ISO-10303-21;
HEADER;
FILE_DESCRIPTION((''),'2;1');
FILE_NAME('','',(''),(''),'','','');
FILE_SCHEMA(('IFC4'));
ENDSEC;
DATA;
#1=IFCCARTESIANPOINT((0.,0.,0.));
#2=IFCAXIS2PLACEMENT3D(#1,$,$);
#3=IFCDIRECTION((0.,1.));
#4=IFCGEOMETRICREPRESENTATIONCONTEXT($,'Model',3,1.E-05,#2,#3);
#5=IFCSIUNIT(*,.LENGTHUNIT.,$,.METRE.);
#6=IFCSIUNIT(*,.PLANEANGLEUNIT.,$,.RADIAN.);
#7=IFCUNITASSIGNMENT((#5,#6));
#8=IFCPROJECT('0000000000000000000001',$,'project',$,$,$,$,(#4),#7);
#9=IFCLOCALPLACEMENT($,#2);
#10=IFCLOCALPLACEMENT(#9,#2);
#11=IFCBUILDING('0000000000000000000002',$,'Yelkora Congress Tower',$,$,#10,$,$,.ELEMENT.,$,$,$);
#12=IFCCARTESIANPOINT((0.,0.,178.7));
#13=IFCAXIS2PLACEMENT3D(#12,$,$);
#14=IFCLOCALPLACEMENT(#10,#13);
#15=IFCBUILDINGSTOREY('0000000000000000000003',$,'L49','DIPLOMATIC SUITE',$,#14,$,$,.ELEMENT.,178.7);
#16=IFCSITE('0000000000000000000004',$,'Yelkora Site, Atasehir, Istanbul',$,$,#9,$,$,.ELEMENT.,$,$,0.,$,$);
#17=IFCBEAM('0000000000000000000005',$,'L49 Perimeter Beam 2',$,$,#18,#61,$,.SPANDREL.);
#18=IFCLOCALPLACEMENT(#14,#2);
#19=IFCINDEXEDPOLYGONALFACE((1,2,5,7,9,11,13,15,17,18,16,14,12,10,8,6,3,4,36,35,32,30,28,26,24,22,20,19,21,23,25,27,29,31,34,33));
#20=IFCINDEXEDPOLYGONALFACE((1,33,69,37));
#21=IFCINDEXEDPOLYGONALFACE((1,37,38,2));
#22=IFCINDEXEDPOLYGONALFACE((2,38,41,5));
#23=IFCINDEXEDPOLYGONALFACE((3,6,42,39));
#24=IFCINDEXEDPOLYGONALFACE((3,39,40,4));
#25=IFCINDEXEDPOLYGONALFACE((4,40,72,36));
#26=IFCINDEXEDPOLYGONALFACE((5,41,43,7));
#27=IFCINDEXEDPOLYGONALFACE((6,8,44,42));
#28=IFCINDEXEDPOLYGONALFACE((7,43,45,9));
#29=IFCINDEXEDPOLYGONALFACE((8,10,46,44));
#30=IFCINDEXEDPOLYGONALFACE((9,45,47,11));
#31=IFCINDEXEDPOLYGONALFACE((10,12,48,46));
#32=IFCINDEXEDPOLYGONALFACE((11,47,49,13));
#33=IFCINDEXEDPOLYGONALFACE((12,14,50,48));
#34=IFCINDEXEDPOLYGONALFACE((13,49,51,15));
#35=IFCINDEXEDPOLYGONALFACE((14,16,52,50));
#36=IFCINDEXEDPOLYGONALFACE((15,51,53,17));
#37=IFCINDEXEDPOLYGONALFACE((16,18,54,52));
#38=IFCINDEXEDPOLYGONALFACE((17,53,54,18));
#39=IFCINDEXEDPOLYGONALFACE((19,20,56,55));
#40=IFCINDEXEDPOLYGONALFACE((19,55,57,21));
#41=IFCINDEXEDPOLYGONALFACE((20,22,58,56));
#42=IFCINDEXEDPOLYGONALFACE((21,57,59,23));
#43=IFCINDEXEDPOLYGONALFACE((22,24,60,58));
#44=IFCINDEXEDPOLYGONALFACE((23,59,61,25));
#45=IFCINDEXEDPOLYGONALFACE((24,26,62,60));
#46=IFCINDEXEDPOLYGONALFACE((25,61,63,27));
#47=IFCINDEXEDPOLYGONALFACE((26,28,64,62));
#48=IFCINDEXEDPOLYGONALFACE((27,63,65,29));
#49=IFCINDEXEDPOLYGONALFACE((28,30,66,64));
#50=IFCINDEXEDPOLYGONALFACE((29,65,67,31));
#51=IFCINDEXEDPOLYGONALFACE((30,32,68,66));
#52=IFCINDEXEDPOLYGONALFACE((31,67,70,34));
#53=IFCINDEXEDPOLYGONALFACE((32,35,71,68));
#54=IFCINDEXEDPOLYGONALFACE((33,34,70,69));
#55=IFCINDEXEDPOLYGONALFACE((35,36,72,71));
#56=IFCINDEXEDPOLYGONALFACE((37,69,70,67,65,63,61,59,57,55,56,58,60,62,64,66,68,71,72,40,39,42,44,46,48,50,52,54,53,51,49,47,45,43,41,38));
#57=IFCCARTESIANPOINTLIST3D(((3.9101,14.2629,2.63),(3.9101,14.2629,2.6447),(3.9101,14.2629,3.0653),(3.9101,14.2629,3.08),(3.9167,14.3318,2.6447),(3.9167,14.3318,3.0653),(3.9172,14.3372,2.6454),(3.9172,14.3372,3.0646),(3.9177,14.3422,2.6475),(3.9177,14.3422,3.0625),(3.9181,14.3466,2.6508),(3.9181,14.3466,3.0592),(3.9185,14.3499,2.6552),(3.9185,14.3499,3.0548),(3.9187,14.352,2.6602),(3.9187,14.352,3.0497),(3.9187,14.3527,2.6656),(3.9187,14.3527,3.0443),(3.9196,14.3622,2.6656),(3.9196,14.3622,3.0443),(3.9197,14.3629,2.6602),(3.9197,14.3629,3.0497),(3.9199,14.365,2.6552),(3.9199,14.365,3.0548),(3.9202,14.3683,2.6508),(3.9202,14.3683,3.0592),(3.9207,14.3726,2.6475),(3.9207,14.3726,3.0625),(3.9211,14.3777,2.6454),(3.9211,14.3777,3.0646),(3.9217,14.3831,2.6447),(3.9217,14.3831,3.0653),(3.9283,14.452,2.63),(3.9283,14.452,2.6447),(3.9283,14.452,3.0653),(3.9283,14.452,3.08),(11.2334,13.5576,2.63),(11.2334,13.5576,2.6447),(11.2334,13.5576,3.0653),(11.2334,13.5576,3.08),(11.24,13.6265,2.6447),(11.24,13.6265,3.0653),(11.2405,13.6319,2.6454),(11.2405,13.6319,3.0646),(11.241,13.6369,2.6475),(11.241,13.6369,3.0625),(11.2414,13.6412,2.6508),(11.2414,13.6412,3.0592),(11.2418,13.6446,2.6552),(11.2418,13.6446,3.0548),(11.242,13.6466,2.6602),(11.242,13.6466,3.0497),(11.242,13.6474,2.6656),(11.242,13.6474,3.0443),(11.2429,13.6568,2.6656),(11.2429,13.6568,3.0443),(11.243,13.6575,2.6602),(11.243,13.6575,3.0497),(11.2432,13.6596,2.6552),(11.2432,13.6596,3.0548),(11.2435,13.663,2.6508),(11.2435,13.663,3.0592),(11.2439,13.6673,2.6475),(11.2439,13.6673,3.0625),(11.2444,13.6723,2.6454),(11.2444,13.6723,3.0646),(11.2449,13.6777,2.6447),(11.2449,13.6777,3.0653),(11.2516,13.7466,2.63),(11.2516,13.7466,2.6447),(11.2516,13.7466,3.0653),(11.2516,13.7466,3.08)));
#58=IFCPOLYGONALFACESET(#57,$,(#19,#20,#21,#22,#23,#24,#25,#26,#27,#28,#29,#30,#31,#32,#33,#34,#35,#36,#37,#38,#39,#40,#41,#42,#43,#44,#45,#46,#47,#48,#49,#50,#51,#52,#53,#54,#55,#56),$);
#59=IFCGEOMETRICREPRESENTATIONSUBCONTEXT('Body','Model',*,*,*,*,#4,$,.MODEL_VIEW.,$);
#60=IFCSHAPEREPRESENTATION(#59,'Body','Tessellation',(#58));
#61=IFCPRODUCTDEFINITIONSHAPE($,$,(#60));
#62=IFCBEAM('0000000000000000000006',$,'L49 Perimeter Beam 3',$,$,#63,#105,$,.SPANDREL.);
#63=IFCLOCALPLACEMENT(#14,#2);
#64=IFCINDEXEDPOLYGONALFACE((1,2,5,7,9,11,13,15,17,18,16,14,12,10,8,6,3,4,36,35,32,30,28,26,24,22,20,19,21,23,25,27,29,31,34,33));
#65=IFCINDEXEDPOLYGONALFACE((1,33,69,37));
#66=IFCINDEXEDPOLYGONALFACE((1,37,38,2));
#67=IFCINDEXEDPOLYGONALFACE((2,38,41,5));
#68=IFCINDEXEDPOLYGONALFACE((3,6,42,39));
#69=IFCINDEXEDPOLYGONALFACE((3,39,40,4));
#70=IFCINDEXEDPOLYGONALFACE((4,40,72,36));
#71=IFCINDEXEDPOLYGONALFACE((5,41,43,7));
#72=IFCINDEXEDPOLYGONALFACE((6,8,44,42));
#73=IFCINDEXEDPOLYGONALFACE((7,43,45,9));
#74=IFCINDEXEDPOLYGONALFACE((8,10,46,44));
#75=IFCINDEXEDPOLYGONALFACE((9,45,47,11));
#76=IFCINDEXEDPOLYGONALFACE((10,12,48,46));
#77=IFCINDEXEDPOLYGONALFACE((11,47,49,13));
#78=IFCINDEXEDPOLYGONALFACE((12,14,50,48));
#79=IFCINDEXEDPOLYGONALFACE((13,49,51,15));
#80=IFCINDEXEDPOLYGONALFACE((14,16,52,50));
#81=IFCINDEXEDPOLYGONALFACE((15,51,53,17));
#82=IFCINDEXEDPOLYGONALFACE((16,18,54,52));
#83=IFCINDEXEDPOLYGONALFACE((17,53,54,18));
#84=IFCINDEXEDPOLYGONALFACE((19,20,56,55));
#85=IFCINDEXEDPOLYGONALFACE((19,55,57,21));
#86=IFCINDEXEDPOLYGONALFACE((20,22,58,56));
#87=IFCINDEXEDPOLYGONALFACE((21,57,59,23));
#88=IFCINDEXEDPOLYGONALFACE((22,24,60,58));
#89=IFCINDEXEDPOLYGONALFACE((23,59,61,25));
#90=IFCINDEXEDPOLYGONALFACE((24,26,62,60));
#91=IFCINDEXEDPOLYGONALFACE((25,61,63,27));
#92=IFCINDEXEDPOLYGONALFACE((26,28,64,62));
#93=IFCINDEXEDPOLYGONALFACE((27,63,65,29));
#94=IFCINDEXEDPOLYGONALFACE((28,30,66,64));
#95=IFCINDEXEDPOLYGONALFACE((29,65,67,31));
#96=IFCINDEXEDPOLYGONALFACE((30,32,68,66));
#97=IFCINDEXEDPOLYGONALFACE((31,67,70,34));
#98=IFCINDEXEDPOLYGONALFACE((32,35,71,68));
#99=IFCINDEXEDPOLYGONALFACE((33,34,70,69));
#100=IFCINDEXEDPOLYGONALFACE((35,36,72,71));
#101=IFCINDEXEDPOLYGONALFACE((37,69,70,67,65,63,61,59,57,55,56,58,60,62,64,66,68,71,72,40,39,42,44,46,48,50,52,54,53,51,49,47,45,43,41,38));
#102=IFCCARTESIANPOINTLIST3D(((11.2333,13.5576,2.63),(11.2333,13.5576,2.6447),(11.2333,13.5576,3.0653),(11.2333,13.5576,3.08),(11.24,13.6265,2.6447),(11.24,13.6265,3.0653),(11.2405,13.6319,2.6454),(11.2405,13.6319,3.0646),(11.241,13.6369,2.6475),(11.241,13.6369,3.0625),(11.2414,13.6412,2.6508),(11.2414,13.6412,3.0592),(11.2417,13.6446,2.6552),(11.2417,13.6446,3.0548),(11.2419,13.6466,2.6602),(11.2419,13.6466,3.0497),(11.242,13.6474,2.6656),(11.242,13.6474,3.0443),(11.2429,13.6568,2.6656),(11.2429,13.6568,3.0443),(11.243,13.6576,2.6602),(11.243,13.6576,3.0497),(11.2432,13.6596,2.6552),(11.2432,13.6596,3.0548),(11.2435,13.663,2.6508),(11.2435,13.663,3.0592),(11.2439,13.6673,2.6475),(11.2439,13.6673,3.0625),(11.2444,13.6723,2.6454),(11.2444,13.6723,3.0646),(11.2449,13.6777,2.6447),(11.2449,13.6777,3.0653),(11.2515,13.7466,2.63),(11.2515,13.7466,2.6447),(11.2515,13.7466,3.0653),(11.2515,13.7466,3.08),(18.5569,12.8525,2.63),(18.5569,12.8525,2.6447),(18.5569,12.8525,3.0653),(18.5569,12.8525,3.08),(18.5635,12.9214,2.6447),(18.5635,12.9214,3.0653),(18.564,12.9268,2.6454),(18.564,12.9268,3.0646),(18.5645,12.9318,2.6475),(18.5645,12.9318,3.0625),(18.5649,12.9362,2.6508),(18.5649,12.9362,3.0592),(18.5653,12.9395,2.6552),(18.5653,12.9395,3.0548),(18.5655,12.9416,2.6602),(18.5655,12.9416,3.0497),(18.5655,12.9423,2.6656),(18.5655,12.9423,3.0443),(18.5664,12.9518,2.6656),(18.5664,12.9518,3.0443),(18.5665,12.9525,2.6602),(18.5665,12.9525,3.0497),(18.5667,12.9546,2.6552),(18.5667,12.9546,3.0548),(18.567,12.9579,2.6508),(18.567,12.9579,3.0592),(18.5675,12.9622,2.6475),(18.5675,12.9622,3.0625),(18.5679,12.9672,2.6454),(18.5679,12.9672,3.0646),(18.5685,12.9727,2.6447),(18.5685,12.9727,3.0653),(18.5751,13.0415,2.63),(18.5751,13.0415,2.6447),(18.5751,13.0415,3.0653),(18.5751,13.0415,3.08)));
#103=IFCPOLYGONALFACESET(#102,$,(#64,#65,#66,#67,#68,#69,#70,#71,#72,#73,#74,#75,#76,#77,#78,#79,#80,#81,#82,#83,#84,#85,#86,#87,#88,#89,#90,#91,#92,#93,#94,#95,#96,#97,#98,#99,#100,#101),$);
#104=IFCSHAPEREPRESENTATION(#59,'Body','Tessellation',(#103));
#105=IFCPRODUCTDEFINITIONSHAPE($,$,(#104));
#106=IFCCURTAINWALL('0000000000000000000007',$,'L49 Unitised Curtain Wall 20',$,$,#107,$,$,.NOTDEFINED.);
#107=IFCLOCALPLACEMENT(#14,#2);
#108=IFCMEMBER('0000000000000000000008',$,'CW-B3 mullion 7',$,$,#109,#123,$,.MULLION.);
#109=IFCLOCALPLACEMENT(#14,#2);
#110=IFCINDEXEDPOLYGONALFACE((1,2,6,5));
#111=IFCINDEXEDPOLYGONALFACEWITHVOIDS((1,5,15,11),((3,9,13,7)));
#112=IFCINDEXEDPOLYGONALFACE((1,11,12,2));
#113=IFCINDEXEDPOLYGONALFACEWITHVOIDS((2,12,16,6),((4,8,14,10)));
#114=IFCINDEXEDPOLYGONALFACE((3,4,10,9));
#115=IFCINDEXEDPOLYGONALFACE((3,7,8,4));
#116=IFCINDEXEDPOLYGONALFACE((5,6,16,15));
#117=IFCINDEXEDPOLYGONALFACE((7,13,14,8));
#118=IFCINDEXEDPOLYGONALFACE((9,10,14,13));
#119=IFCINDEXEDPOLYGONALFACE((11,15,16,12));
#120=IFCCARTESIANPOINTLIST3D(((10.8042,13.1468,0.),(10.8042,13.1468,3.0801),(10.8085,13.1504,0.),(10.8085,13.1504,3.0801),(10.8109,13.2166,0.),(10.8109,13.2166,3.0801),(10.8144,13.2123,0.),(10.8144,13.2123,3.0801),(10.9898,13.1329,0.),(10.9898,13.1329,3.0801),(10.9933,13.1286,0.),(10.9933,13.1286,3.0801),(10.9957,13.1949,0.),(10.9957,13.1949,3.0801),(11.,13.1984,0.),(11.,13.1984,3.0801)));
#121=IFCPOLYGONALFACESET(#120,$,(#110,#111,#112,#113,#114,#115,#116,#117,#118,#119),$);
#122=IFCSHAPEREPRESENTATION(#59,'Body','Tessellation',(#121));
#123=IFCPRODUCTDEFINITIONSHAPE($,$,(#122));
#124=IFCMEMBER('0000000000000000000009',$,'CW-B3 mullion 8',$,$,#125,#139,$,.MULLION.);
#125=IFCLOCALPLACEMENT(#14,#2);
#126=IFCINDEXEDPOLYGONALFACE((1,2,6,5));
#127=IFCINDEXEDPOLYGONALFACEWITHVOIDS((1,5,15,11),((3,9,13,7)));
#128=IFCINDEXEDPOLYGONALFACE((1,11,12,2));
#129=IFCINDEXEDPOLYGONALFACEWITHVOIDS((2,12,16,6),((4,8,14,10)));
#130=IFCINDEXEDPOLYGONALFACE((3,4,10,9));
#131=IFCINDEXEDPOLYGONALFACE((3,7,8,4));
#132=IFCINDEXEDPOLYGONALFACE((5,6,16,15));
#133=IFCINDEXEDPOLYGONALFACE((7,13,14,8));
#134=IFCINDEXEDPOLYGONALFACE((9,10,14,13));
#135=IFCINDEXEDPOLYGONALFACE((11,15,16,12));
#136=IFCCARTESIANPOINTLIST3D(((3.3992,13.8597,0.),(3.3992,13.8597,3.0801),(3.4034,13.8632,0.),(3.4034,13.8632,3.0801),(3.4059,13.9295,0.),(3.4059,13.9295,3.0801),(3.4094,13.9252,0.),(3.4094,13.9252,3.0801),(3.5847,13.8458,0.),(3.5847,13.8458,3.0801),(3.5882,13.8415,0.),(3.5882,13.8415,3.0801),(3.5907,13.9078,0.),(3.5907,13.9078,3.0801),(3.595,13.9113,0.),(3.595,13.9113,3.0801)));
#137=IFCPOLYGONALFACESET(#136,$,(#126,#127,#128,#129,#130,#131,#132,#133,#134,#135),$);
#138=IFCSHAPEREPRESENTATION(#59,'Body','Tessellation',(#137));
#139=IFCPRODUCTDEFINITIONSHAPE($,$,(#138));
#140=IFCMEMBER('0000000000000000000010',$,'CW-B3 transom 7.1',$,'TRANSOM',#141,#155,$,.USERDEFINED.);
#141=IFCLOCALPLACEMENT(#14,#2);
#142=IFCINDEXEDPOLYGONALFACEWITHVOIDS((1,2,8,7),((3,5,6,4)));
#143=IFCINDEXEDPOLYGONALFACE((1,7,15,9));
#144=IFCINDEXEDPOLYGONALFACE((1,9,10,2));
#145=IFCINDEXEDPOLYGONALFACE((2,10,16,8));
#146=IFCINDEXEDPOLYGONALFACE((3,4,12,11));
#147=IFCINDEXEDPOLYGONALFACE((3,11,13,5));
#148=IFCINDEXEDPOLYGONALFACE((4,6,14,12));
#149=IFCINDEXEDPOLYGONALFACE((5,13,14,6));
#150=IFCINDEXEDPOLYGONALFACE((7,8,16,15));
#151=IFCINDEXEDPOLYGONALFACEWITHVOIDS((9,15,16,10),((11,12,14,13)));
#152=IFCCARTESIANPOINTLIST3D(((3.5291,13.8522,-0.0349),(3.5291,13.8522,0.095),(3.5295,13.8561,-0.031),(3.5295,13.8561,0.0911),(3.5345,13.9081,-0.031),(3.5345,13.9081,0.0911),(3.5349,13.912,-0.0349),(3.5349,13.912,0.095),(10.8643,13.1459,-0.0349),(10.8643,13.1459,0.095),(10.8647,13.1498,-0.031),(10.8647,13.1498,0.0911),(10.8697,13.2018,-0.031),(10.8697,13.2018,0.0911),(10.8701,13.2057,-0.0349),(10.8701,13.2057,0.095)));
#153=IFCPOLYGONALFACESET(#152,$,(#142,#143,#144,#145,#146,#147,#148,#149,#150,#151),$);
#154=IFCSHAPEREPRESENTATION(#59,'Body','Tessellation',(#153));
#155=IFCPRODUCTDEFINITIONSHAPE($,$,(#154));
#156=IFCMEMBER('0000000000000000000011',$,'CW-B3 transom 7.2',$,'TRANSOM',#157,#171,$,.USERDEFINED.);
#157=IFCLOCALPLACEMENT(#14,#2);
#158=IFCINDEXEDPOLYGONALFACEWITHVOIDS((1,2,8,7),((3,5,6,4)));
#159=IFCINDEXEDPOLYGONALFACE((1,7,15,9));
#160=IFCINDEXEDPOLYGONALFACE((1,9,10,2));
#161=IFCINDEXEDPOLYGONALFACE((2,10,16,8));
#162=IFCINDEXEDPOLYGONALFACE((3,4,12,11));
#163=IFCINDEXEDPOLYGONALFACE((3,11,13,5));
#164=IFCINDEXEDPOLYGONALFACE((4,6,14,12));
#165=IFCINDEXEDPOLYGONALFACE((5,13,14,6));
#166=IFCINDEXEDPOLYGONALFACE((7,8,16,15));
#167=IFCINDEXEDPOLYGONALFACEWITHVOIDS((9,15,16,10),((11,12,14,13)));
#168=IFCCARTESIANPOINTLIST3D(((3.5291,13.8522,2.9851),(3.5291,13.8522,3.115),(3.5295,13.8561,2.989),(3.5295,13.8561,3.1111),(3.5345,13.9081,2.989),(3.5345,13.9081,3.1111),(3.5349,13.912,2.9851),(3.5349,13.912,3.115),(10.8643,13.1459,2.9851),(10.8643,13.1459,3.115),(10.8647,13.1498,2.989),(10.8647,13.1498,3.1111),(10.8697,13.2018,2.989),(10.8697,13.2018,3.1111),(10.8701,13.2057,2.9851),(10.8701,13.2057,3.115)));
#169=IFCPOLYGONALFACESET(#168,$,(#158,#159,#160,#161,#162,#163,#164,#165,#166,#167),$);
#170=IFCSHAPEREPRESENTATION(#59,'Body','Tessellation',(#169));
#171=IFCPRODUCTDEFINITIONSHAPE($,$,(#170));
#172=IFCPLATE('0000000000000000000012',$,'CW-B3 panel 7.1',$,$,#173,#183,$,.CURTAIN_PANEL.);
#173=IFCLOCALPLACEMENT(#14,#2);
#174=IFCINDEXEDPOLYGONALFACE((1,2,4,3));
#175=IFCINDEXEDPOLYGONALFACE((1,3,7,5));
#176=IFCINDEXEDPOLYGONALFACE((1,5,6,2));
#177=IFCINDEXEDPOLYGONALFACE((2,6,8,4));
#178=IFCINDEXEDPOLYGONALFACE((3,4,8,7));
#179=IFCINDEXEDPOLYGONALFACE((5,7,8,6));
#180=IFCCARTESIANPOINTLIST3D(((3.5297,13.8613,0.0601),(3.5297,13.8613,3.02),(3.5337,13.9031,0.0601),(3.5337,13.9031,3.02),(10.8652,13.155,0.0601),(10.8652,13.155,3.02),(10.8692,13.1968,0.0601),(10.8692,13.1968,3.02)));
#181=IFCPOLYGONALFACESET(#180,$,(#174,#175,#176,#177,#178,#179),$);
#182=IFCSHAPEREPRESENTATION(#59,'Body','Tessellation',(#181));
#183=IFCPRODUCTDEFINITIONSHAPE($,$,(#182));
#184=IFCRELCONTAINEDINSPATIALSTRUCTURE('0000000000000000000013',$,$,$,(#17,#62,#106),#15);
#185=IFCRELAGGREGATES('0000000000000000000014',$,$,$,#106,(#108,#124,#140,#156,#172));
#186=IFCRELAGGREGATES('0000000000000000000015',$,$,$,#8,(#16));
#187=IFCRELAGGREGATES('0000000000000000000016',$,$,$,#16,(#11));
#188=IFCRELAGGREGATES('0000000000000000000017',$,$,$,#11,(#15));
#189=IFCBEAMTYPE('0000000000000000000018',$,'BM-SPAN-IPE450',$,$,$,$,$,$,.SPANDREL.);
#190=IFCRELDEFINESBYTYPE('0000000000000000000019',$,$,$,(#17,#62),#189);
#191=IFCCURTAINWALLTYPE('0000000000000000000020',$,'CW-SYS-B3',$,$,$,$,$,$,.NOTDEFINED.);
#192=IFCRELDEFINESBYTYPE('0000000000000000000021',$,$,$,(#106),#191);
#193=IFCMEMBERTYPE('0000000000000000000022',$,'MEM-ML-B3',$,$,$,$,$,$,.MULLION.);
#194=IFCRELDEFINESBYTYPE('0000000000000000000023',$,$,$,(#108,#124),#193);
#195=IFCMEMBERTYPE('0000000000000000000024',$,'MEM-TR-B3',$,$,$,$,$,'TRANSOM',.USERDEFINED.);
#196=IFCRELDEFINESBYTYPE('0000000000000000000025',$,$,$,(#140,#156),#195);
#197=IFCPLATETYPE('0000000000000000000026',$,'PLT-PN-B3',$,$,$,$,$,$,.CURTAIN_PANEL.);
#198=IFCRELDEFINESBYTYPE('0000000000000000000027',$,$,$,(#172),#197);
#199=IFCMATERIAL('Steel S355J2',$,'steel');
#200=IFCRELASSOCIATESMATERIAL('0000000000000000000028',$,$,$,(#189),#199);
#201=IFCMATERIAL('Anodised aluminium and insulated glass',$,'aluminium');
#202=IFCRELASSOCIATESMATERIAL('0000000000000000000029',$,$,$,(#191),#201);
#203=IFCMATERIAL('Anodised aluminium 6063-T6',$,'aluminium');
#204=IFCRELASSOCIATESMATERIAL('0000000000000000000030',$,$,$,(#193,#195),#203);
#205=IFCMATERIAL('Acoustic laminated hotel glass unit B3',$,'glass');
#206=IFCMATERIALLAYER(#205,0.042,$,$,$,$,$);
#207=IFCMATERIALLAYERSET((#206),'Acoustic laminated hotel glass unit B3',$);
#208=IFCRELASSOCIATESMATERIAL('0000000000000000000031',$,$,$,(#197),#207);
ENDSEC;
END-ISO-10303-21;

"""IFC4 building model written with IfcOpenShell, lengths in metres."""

from ifc_helpers import new_model, si_unit, direction, frame, origin, origin_2d, place, context, subcontext, project, spatial, rectangle, hollow_rectangle, i_section, extrude, material, layer, layer_set, material_profile, profile_set, type_object, element, aggregate, save


model = new_model("IFC4")

# Units and contexts
model_context = context("Model", 3, precision=1e-05, world=origin(), true_north=direction((0.0, 1.0)))
body_context = subcontext(model_context, "Body", "Model", "MODEL_VIEW")
ifc_project = project(units=[si_unit("LENGTHUNIT", "METRE"), si_unit("PLANEANGLEUNIT", "RADIAN")], contexts=[model_context])

# Site, building, storey
site_placement = place(None, origin())
site = spatial("IfcSite", under=ifc_project, at=site_placement, Name="Yelkora Site, Atasehir, Istanbul", CompositionType="ELEMENT", RefElevation=0.0)
building_placement = place(site_placement, origin())
building = spatial("IfcBuilding", under=site, at=building_placement, Name="Yelkora Congress Tower", CompositionType="ELEMENT")
storey_placement = place(building_placement, frame((0.0, 0.0, 178.7)))
storey = spatial("IfcBuildingStorey", under=building, at=storey_placement, Name="L49", Description="DIPLOMATIC SUITE", CompositionType="ELEMENT", Elevation=178.7)

# Beams
ifc_material_1 = material(Name="Steel S355J2", Category="steel")
ifc_material_profile_1 = material_profile(ifc_material_1, i_section(OverallWidth=0.1899, OverallDepth=0.45, WebThickness=0.0095, FlangeThickness=0.0146, FilletRadius=0.021, at=origin_2d()), Name="IPE 450")
ifc_profile_set_1 = profile_set([ifc_material_profile_1], Name="Steel S355J2")
beam_type_1 = type_object("IfcBeamType", Name="BM-SPAN-IPE450", PredefinedType="SPANDREL", material=ifc_profile_set_1)
beam_1_placement = place(storey_placement, frame((3.9192, 14.3574, 2.855), z_axis=(0.995394, -0.095869, 0.0), x_axis=(0.095869, 0.995394, 0.0)))
element("IfcBeam", 1, at=beam_1_placement, inside=storey, type_object=beam_type_1, Name="L49 Perimeter Beam 2", PredefinedType="SPANDREL", context=body_context, shape_type="SweptSolid", body=[
    extrude(i_section(OverallWidth=0.1899, OverallDepth=0.45, WebThickness=0.0095, FlangeThickness=0.0146, FilletRadius=0.021, at=origin_2d()), origin(), (0.0, 0.0, 1.0), 7.3572),
])
beam_2_placement = place(storey_placement, frame((11.2424, 13.6521, 2.855), z_axis=(0.995397, -0.095833, 0.0), x_axis=(0.095833, 0.995397, 0.0)))
element("IfcBeam", 2, at=beam_2_placement, inside=storey, type_object=beam_type_1, Name="L49 Perimeter Beam 3", PredefinedType="SPANDREL", context=body_context, shape_type="SweptSolid", body=[
    extrude(i_section(OverallWidth=0.1899, OverallDepth=0.45, WebThickness=0.0095, FlangeThickness=0.0146, FilletRadius=0.021, at=origin_2d()), origin(), (0.0, 0.0, 1.0), 7.3574),
])

# Curtain wall, members, plate
ifc_material_2 = material(Name="Anodised aluminium and insulated glass", Category="aluminium")
curtain_wall_type = type_object("IfcCurtainWallType", Name="CW-SYS-B3", PredefinedType="NOTDEFINED", material=ifc_material_2)
curtain_wall_placement = place(storey_placement, origin())
curtain_wall = element("IfcCurtainWall", 3, at=curtain_wall_placement, inside=storey, type_object=curtain_wall_type, Name="L49 Unitised Curtain Wall 20", PredefinedType="NOTDEFINED")
ifc_material_3 = material(Name="Anodised aluminium 6063-T6", Category="aluminium")
ifc_material_profile_2 = material_profile(ifc_material_3, hollow_rectangle(XDim=0.0701, YDim=0.1899, WallThickness=0.0039, at=origin_2d()), Name="ALU 70x190x4")
ifc_profile_set_2 = profile_set([ifc_material_profile_2], Name="Anodised aluminium 6063-T6")
member_type_1 = type_object("IfcMemberType", Name="MEM-ML-B3", PredefinedType="MULLION", material=ifc_profile_set_2)
member_1_placement = place(storey_placement, frame((10.9021, 13.1726, 0.0), z_axis=(0.0, 0.0, 1.0), x_axis=(-0.095845, -0.995396, 0.0)))
member_1 = element("IfcMember", 4, at=member_1_placement, type_object=member_type_1, Name="CW-B3 mullion 7", PredefinedType="MULLION", context=body_context, shape_type="SweptSolid", body=[
    extrude(hollow_rectangle(XDim=0.0701, YDim=0.1899, WallThickness=0.0039, at=origin_2d()), origin(), (0.0, 0.0, 1.0), 3.0801),
])
member_2_placement = place(storey_placement, frame((3.4971, 13.8855, 0.0), z_axis=(0.0, 0.0, 1.0), x_axis=(-0.095845, -0.995396, 0.0)))
member_2 = element("IfcMember", 5, at=member_2_placement, type_object=member_type_1, Name="CW-B3 mullion 8", PredefinedType="MULLION", context=body_context, shape_type="SweptSolid", body=[
    extrude(hollow_rectangle(XDim=0.0701, YDim=0.1899, WallThickness=0.0039, at=origin_2d()), origin(), (0.0, 0.0, 1.0), 3.0801),
])
ifc_material_profile_3 = material_profile(ifc_material_3, hollow_rectangle(XDim=0.0601, YDim=0.1299, WallThickness=0.0039, at=origin_2d()), Name="ALU 60x130x4")
ifc_profile_set_3 = profile_set([ifc_material_profile_3], Name="Anodised aluminium 6063-T6")
member_type_2 = type_object("IfcMemberType", Name="MEM-TR-B3", ElementType="TRANSOM", PredefinedType="USERDEFINED", material=ifc_profile_set_3)
member_3_placement = place(storey_placement, frame((10.8672, 13.1758, 0.03), z_axis=(-0.995396, 0.095846, 0.0), x_axis=(-0.095846, -0.995396, 0.0)))
member_3 = element("IfcMember", 6, at=member_3_placement, type_object=member_type_2, Name="CW-B3 transom 7.1", ObjectType="TRANSOM", PredefinedType="USERDEFINED", context=body_context, shape_type="SweptSolid", body=[
    extrude(hollow_rectangle(XDim=0.0601, YDim=0.1299, WallThickness=0.0039, at=origin_2d()), origin(), (0.0, 0.0, 1.0), 7.3691),
])
member_4_placement = place(storey_placement, frame((10.8672, 13.1758, 3.05), z_axis=(-0.995396, 0.095846, 0.0), x_axis=(-0.095846, -0.995396, 0.0)))
member_4 = element("IfcMember", 7, at=member_4_placement, type_object=member_type_2, Name="CW-B3 transom 7.2", ObjectType="TRANSOM", PredefinedType="USERDEFINED", context=body_context, shape_type="SweptSolid", body=[
    extrude(hollow_rectangle(XDim=0.0601, YDim=0.1299, WallThickness=0.0039, at=origin_2d()), origin(), (0.0, 0.0, 1.0), 7.3691),
])
ifc_material_4 = material(Name="Acoustic laminated hotel glass unit B3", Category="glass")
ifc_layer_1 = layer(ifc_material_4, 0.042)
ifc_layer_set_1 = layer_set([ifc_layer_1], Name="Acoustic laminated hotel glass unit B3")
plate_type = type_object("IfcPlateType", Name="PLT-PN-B3", PredefinedType="CURTAIN_PANEL", material=ifc_layer_set_1)
plate_placement = place(storey_placement, frame((7.1995, 13.5291, 0.0601), z_axis=(0.0, 0.0, 1.0), x_axis=(-0.995396, 0.095845, 0.0)))
plate = element("IfcPlate", 8, at=plate_placement, type_object=plate_type, Name="CW-B3 panel 7.1", PredefinedType="CURTAIN_PANEL", context=body_context, shape_type="SweptSolid", body=[
    extrude(rectangle(XDim=7.3694, YDim=0.042, at=origin_2d()), origin(), (0.0, 0.0, 1.0), 2.96),
])
aggregate(curtain_wall, [member_1, member_2, member_3, member_4, plate])

save(model, "model.ifc")
